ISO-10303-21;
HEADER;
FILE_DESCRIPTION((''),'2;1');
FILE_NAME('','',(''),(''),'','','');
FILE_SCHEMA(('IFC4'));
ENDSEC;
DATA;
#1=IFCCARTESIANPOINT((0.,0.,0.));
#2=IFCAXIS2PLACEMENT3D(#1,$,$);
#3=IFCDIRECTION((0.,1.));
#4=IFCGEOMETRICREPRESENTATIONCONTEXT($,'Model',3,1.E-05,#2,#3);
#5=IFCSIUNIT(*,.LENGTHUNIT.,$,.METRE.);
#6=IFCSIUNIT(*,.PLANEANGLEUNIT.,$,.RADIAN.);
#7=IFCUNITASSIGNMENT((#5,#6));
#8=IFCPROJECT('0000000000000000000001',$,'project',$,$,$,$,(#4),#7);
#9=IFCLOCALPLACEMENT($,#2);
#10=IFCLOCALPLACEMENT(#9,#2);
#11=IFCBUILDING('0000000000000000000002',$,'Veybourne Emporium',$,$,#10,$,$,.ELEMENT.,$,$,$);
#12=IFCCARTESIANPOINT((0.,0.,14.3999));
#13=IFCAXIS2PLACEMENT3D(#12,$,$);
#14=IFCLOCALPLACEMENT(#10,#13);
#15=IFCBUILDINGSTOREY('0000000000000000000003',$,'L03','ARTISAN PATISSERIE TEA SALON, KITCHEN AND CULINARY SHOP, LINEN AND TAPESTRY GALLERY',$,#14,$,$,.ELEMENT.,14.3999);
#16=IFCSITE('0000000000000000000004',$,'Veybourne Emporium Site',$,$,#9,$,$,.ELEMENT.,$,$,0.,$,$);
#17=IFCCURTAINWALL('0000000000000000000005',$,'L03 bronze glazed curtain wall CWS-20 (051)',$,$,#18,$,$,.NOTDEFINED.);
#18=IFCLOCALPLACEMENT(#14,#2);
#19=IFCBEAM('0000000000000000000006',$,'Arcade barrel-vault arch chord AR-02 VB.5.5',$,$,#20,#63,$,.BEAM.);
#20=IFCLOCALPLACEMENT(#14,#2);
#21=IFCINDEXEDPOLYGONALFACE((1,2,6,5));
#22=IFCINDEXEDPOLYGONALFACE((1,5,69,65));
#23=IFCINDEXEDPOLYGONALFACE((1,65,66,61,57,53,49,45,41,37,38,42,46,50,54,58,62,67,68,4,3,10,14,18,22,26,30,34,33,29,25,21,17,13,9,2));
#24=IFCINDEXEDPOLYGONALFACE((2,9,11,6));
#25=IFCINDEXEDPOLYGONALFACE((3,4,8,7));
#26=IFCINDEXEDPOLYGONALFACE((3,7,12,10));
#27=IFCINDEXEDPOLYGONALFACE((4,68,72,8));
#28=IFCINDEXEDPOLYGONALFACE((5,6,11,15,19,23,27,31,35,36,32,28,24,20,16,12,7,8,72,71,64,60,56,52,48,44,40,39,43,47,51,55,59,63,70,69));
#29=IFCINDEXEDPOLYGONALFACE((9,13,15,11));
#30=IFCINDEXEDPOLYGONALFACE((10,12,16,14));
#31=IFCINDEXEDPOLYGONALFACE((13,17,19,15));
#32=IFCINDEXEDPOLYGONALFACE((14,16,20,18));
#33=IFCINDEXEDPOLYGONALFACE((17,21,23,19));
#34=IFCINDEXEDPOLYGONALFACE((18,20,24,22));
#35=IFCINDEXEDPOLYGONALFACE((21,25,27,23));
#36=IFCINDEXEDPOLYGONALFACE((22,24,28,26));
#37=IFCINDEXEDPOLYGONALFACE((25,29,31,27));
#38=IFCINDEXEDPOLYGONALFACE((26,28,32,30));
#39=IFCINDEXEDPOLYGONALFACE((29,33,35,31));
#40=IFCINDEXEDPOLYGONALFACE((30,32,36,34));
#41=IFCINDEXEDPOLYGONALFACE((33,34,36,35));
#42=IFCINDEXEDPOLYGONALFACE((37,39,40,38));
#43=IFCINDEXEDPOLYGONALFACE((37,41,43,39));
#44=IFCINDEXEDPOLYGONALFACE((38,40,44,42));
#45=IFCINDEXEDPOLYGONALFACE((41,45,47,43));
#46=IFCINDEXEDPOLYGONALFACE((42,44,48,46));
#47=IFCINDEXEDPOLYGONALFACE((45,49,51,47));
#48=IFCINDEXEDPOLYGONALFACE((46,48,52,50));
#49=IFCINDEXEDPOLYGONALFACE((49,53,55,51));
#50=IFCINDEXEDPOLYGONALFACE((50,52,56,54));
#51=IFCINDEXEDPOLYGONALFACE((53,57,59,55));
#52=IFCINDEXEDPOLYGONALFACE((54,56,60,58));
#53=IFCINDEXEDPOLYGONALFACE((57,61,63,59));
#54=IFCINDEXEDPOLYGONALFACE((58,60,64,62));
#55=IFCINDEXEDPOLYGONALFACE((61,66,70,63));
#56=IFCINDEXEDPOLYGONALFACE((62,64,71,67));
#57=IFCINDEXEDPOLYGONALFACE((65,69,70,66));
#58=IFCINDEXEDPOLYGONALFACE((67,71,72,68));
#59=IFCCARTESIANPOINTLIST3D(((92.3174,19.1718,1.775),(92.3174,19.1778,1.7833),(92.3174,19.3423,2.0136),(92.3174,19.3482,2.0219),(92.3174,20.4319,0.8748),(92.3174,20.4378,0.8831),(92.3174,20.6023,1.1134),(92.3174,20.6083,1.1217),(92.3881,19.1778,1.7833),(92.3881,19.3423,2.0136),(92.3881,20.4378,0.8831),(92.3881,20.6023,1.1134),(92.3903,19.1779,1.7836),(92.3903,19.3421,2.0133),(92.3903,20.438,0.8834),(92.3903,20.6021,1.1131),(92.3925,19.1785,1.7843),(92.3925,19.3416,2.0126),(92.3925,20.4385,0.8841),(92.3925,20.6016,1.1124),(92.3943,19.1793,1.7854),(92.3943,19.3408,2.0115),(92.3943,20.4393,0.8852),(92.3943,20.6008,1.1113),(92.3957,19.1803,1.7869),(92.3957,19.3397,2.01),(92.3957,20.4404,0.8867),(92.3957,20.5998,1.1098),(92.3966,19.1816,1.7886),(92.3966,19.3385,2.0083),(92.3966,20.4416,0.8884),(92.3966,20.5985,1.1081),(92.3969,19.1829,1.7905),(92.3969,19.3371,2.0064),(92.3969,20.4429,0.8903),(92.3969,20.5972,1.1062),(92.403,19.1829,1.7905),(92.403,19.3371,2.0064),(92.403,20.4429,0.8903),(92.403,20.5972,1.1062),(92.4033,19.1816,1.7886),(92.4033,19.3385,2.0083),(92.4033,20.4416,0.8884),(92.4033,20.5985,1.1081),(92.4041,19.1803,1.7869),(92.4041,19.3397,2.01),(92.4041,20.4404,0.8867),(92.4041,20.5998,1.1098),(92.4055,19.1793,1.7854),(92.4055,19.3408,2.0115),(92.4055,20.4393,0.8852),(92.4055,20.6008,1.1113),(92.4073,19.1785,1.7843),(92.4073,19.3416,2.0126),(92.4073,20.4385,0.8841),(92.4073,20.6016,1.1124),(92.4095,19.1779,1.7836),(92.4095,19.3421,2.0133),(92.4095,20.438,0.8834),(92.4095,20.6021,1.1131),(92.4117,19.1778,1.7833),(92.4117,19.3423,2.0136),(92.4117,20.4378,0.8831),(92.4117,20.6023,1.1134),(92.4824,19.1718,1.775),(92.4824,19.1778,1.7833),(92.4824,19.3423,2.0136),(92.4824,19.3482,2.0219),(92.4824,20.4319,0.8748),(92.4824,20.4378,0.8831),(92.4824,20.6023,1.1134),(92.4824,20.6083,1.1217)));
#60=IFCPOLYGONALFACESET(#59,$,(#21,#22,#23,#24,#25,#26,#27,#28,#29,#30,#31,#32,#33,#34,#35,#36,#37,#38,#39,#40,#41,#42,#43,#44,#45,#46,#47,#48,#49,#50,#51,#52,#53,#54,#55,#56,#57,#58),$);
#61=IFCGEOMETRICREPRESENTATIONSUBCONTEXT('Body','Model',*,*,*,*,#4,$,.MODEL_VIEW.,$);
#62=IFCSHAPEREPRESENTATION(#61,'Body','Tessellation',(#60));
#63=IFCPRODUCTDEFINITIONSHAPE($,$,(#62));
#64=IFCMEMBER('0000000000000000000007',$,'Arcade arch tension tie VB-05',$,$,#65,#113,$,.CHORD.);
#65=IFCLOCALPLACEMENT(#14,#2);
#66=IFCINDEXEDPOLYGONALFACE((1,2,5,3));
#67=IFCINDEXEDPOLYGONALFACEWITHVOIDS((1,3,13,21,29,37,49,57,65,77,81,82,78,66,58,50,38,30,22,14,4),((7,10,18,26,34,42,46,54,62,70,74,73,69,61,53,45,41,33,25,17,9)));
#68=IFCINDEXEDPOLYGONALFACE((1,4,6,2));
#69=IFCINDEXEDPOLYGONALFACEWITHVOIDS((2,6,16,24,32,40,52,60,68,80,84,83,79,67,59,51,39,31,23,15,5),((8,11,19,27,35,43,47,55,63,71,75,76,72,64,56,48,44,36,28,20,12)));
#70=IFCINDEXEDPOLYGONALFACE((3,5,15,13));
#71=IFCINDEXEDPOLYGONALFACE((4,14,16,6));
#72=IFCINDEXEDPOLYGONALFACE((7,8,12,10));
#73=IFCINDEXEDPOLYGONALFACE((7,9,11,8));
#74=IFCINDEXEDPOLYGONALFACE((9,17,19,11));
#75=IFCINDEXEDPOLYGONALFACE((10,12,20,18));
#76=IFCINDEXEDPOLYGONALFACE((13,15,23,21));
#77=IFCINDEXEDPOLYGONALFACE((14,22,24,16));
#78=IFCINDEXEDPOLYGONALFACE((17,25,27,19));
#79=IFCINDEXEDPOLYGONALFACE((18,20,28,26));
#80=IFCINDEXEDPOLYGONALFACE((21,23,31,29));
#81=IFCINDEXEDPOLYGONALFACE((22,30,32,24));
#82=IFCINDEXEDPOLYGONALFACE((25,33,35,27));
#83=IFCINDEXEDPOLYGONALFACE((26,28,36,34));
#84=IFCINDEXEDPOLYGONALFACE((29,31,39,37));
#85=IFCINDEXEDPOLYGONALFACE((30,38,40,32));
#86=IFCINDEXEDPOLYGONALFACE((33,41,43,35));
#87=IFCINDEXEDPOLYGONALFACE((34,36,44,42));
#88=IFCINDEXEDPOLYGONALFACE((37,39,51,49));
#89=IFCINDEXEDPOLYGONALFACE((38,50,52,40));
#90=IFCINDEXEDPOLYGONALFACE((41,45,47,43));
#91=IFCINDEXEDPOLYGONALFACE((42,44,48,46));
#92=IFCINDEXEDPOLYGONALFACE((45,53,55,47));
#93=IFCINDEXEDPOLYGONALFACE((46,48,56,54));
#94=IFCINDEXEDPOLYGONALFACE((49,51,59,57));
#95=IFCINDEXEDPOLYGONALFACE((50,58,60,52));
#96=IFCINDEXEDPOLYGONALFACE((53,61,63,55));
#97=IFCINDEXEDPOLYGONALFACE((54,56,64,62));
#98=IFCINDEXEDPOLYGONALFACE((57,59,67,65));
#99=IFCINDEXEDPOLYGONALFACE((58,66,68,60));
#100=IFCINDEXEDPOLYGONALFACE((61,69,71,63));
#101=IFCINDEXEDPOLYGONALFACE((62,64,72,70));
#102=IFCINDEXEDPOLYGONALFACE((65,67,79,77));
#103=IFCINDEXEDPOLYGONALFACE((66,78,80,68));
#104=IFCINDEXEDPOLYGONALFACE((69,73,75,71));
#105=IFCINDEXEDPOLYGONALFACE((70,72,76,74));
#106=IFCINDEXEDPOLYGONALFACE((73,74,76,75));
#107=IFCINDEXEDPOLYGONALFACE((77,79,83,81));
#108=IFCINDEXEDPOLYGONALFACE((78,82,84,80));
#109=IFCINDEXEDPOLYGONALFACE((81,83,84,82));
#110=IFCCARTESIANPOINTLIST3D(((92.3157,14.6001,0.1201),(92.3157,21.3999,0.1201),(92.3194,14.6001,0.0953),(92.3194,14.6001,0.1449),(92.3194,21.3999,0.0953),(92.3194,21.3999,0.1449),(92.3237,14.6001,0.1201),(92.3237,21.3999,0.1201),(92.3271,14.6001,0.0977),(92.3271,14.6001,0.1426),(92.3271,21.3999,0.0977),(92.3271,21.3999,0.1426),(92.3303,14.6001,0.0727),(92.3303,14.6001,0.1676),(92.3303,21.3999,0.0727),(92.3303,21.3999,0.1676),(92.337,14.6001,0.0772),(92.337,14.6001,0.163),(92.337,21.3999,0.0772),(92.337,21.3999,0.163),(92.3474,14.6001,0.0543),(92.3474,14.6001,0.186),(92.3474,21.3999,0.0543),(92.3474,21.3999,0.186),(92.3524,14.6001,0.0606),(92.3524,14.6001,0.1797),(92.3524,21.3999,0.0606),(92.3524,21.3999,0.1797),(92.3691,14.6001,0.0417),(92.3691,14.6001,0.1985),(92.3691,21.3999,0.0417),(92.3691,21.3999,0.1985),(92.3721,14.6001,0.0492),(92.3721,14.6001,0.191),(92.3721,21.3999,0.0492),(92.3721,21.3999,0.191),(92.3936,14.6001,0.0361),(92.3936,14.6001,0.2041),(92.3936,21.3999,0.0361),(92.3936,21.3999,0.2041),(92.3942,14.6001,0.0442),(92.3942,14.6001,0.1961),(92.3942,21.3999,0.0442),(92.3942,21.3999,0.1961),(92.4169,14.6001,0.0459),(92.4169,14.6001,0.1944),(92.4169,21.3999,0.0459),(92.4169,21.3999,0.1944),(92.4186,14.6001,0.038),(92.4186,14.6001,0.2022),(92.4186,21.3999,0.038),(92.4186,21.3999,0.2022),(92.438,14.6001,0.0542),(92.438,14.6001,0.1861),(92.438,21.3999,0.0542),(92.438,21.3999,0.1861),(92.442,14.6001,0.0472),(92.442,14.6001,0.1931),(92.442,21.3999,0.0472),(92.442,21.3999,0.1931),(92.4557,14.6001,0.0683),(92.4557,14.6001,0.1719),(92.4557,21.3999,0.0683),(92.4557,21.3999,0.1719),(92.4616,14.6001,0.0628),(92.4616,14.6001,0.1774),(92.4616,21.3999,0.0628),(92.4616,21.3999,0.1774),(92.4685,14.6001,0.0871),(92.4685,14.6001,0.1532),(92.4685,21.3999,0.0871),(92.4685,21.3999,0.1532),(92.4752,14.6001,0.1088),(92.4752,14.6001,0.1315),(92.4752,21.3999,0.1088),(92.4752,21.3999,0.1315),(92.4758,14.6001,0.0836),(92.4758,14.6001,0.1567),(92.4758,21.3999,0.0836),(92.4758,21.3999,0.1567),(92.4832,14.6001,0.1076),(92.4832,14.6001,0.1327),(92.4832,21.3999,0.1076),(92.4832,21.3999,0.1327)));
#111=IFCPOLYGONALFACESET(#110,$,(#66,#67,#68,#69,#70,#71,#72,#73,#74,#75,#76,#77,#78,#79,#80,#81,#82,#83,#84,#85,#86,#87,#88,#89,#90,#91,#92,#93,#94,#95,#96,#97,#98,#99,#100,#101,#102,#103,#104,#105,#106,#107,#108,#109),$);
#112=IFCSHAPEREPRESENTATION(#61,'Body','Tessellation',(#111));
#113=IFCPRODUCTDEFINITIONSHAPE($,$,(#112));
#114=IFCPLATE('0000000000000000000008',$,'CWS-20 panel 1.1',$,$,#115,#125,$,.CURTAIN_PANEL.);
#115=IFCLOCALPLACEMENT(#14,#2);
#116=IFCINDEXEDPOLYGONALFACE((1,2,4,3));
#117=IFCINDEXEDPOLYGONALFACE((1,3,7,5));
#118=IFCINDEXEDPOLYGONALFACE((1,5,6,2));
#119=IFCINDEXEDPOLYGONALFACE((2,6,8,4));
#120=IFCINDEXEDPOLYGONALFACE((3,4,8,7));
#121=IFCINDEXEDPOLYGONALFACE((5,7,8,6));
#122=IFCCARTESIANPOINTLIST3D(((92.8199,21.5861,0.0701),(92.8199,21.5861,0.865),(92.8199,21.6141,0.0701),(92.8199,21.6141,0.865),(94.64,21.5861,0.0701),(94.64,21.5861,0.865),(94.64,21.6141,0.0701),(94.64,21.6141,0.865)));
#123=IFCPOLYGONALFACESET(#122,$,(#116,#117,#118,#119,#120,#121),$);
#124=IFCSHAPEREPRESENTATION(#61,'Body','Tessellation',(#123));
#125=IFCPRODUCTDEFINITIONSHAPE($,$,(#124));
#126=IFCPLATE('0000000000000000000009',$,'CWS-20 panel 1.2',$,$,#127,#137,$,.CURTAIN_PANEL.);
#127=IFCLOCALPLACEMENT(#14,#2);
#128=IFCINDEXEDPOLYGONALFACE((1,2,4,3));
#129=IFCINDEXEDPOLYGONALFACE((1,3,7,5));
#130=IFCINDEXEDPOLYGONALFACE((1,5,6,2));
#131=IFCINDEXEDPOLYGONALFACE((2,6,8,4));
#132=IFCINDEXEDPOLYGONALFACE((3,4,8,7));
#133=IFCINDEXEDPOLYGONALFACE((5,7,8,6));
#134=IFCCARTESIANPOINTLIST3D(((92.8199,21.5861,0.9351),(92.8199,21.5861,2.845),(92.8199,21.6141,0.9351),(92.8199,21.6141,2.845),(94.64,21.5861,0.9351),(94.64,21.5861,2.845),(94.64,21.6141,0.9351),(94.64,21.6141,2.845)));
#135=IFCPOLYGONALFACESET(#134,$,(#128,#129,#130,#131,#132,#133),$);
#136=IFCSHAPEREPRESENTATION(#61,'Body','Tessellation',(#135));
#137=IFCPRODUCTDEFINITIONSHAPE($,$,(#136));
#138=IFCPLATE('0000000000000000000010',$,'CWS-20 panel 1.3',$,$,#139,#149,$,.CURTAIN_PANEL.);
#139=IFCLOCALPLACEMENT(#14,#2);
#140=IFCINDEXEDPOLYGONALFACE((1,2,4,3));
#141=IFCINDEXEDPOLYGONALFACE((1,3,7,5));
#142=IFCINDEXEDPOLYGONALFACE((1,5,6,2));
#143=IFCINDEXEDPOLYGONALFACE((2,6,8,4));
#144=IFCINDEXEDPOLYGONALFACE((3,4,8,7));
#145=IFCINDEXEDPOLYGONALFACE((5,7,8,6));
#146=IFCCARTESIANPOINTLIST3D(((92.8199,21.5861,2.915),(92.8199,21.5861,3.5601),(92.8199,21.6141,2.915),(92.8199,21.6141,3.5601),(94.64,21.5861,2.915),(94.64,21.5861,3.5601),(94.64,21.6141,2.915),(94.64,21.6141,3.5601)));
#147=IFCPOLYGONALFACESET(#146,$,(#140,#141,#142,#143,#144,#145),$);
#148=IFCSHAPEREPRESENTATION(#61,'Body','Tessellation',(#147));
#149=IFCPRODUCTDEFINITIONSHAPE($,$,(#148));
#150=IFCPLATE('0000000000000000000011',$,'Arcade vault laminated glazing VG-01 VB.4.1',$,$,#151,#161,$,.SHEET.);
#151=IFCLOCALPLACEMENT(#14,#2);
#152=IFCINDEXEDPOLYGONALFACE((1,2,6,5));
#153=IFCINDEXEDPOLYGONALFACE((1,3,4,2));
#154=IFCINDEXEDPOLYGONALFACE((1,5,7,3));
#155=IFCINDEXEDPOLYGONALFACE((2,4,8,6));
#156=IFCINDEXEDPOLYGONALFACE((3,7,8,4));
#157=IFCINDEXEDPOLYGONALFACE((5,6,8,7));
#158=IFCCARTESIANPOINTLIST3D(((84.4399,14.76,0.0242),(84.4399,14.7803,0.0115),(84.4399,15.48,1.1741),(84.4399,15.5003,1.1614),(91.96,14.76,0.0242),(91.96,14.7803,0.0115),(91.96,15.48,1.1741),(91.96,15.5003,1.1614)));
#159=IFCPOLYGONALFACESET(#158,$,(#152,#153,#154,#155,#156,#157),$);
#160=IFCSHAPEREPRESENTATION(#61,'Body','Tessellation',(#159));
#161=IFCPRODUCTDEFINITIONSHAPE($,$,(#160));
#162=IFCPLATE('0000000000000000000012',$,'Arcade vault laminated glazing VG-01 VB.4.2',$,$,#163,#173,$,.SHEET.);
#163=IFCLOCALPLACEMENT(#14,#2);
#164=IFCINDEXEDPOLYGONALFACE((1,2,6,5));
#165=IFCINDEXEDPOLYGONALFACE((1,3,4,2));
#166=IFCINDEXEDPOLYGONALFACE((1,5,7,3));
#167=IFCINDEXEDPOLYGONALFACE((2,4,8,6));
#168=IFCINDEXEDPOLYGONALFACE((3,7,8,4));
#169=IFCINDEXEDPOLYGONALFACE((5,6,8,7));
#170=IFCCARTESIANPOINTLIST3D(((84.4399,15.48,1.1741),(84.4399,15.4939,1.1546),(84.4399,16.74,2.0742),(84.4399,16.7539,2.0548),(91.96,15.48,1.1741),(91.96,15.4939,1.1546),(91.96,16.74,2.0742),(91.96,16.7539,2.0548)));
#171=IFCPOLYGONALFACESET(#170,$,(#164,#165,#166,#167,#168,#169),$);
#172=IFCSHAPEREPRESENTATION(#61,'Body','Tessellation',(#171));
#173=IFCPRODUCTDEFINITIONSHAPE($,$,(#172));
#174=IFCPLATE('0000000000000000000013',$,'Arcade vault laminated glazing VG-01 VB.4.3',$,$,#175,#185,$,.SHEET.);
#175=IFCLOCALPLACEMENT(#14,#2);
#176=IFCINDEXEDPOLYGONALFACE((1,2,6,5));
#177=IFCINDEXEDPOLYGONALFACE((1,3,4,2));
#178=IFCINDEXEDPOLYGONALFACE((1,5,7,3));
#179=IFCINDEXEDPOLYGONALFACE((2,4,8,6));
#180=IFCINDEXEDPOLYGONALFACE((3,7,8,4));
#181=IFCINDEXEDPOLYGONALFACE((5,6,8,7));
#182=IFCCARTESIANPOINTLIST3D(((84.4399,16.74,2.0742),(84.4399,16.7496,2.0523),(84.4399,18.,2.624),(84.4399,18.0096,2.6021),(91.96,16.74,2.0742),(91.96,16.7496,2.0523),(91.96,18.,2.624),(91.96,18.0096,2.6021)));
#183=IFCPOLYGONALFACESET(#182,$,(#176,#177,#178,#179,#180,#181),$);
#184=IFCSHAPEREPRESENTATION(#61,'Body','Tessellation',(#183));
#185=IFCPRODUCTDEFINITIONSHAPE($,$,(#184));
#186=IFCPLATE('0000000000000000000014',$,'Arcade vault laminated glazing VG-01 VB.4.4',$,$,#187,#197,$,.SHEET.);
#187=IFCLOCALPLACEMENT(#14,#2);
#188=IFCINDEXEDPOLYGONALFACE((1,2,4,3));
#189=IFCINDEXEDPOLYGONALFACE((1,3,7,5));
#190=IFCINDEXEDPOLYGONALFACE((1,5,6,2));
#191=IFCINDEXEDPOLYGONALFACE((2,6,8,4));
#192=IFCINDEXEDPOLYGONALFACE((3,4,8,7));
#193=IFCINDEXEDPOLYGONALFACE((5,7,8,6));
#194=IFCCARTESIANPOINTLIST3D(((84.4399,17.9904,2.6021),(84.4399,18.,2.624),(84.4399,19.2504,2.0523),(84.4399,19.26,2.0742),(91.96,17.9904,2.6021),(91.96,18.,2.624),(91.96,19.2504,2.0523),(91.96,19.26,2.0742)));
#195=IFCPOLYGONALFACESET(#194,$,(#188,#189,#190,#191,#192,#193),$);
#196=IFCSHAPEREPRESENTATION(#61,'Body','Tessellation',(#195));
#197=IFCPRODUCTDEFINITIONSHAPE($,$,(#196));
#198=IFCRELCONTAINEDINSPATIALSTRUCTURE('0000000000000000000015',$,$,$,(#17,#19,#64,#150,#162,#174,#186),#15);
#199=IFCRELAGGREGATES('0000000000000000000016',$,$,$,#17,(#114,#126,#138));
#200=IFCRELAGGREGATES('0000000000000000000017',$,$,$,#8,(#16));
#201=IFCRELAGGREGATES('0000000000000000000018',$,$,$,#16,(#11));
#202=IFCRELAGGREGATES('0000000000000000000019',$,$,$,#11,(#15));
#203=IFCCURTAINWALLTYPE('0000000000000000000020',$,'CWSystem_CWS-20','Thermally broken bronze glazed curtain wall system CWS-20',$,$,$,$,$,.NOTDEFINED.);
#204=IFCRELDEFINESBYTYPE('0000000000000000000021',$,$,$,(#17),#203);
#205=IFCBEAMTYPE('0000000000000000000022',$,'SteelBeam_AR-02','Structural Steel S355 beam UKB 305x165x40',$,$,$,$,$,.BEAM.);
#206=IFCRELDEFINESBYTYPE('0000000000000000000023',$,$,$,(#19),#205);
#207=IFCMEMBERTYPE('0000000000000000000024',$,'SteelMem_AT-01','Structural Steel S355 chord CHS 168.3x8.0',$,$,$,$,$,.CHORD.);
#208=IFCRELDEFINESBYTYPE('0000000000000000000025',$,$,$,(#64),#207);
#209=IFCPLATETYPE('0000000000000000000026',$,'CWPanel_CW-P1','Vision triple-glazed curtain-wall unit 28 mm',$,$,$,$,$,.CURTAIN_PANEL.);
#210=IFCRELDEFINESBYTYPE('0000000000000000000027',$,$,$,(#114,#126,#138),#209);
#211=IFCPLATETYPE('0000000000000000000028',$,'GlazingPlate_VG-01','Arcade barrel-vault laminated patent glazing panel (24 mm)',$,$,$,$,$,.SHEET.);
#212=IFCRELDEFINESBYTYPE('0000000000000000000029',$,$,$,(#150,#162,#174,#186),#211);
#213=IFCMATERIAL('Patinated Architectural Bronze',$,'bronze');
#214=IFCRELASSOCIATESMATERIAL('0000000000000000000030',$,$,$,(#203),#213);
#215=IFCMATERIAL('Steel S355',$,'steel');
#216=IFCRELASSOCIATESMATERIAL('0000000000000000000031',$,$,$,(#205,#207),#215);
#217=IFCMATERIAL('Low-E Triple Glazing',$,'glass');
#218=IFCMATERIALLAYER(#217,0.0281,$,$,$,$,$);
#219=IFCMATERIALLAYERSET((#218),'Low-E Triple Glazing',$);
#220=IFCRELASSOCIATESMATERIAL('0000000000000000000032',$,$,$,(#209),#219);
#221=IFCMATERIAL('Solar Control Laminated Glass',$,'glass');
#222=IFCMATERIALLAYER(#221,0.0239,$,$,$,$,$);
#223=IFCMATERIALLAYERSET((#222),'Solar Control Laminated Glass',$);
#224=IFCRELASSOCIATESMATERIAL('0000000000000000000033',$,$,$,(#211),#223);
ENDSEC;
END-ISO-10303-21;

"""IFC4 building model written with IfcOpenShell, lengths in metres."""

from ifc_helpers import new_model, si_unit, direction, frame, origin, origin_2d, place, context, subcontext, project, spatial, polyline, rectangle, hollow_circle, i_section, outline, extrude, material, layer, layer_set, material_profile, profile_set, type_object, element, aggregate, save


model = new_model("IFC4")

# Units and contexts
model_context = context("Model", 3, precision=1e-05, world=origin(), true_north=direction((0.0, 1.0)))
body_context = subcontext(model_context, "Body", "Model", "MODEL_VIEW")
ifc_project = project(units=[si_unit("LENGTHUNIT", "METRE"), si_unit("PLANEANGLEUNIT", "RADIAN")], contexts=[model_context])

# Site, building, storey
site_placement = place(None, origin())
site = spatial("IfcSite", under=ifc_project, at=site_placement, Name="Veybourne Emporium Site", CompositionType="ELEMENT", RefElevation=0.0)
building_placement = place(site_placement, origin())
building = spatial("IfcBuilding", under=site, at=building_placement, Name="Veybourne Emporium", CompositionType="ELEMENT")
storey_placement = place(building_placement, frame((0.0, 0.0, 14.3999)))
storey = spatial("IfcBuildingStorey", under=building, at=storey_placement, Name="L03", Description="ARTISAN PATISSERIE TEA SALON, KITCHEN AND CULINARY SHOP, LINEN AND TAPESTRY GALLERY", CompositionType="ELEMENT", Elevation=14.3999)

# Curtain wall
ifc_material_1 = material(Name="Patinated Architectural Bronze", Category="bronze")
curtain_wall_type = type_object("IfcCurtainWallType", Name="CWSystem_CWS-20", Description="Thermally broken bronze glazed curtain wall system CWS-20", PredefinedType="NOTDEFINED", material=ifc_material_1)
curtain_wall_placement = place(storey_placement, origin())
curtain_wall = element("IfcCurtainWall", 1, at=curtain_wall_placement, inside=storey, type_object=curtain_wall_type, Name="L03 bronze glazed curtain wall CWS-20 (051)", PredefinedType="NOTDEFINED")

# Beam
ifc_material_2 = material(Name="Steel S355", Category="steel")
ifc_material_profile_1 = material_profile(ifc_material_2, i_section(OverallWidth=0.165, OverallDepth=0.3035, WebThickness=0.0061, FlangeThickness=0.0103, FilletRadius=0.0088, at=origin_2d()), Name="UKB 305x165x40")
ifc_profile_set_1 = profile_set([ifc_material_profile_1], Name="Steel S355")
beam_type_1 = type_object("IfcBeamType", Name="SteelBeam_AR-02", Description="Structural Steel S355 beam UKB 305x165x40", PredefinedType="BEAM", material=ifc_profile_set_1)
beam_1_placement = place(storey_placement, frame((92.3999, 19.26, 1.8984), z_axis=(0.0, 0.813691, -0.581298), x_axis=(-1.0, 0.0, 0.0)))
element("IfcBeam", 2, at=beam_1_placement, inside=storey, type_object=beam_type_1, Name="Arcade barrel-vault arch chord AR-02 VB.5.5", PredefinedType="BEAM", context=body_context, shape_type="SweptSolid", body=[
    extrude(i_section(OverallWidth=0.165, OverallDepth=0.3035, WebThickness=0.0061, FlangeThickness=0.0103, FilletRadius=0.0088, at=origin_2d()), origin(), (0.0, 0.0, 1.0), 1.5486),
])

# Member
ifc_material_profile_2 = material_profile(ifc_material_2, hollow_circle(Radius=0.0842, WallThickness=0.0081, at=origin_2d()), Name="CHS 168.3x8.0")
ifc_profile_set_2 = profile_set([ifc_material_profile_2], Name="Steel S355")
member_type_1 = type_object("IfcMemberType", Name="SteelMem_AT-01", Description="Structural Steel S355 chord CHS 168.3x8.0", PredefinedType="CHORD", material=ifc_profile_set_2)
member_1_placement = place(storey_placement, frame((92.3999, 14.6001, 0.1201), z_axis=(0.0, 1.0, 0.0), x_axis=(-1.0, 0.0, 0.0)))
element("IfcMember", 3, at=member_1_placement, inside=storey, type_object=member_type_1, Name="Arcade arch tension tie VB-05", PredefinedType="CHORD", context=body_context, shape_type="SweptSolid", body=[
    extrude(hollow_circle(Radius=0.0842, WallThickness=0.0081, at=origin_2d()), origin(), (0.0, 0.0, 1.0), 6.7998),
])

# Plates
ifc_material_3 = material(Name="Low-E Triple Glazing", Category="glass")
ifc_layer_1 = layer(ifc_material_3, 0.0281)
ifc_layer_set_1 = layer_set([ifc_layer_1], Name="Low-E Triple Glazing")
plate_type_1 = type_object("IfcPlateType", Name="CWPanel_CW-P1", Description="Vision triple-glazed curtain-wall unit 28 mm", PredefinedType="CURTAIN_PANEL", material=ifc_layer_set_1)
plate_1_placement = place(storey_placement, frame((93.73, 21.6001, 0.0701), z_axis=(0.0, 0.0, 1.0), x_axis=(1.0, 0.0, 0.0)))
plate_1 = element("IfcPlate", 4, at=plate_1_placement, type_object=plate_type_1, Name="CWS-20 panel 1.1", PredefinedType="CURTAIN_PANEL", context=body_context, shape_type="SweptSolid", body=[
    extrude(rectangle(XDim=1.8201, YDim=0.0281, at=origin_2d()), origin(), (0.0, 0.0, 1.0), 0.7949),
])
plate_2_placement = place(storey_placement, frame((93.73, 21.6001, 0.9351), z_axis=(0.0, 0.0, 1.0), x_axis=(1.0, 0.0, 0.0)))
plate_2 = element("IfcPlate", 5, at=plate_2_placement, type_object=plate_type_1, Name="CWS-20 panel 1.2", PredefinedType="CURTAIN_PANEL", context=body_context, shape_type="SweptSolid", body=[
    extrude(rectangle(XDim=1.8201, YDim=0.0281, at=origin_2d()), origin(), (0.0, 0.0, 1.0), 1.9099),
])
plate_3_placement = place(storey_placement, frame((93.73, 21.6001, 2.915), z_axis=(0.0, 0.0, 1.0), x_axis=(1.0, 0.0, 0.0)))
plate_3 = element("IfcPlate", 6, at=plate_3_placement, type_object=plate_type_1, Name="CWS-20 panel 1.3", PredefinedType="CURTAIN_PANEL", context=body_context, shape_type="SweptSolid", body=[
    extrude(rectangle(XDim=1.8201, YDim=0.0281, at=origin_2d()), origin(), (0.0, 0.0, 1.0), 0.645),
])
aggregate(curtain_wall, [plate_1, plate_2, plate_3])

# Plates
ifc_material_4 = material(Name="Solar Control Laminated Glass", Category="glass")
ifc_layer_2 = layer(ifc_material_4, 0.0239)
ifc_layer_set_2 = layer_set([ifc_layer_2], Name="Solar Control Laminated Glass")
plate_type_2 = type_object("IfcPlateType", Name="GlazingPlate_VG-01", Description="Arcade barrel-vault laminated patent glazing panel (24 mm)", PredefinedType="SHEET", material=ifc_layer_set_2)
plate_4_placement = place(storey_placement, frame((84.4399, 14.76, 0.0242), z_axis=(0.0, -0.847573, 0.530678), x_axis=(1.0, 0.0, 0.0)))
element("IfcPlate", 7, at=plate_4_placement, inside=storey, type_object=plate_type_2, Name="Arcade vault laminated glazing VG-01 VB.4.1", PredefinedType="SHEET", context=body_context, shape_type="SweptSolid", body=[
    extrude(outline(polyline([(0.0, 0.0), (7.52, 0.0), (7.52, 1.3567), (0.0, 1.3567), (0.0, 0.0)])), origin(), (0.0, 0.0, -1.0), 0.0239),
])
plate_5_placement = place(storey_placement, frame((84.4399, 15.48, 1.1741), z_axis=(0.0, -0.581298, 0.813691), x_axis=(1.0, 0.0, 0.0)))
element("IfcPlate", 8, at=plate_5_placement, inside=storey, type_object=plate_type_2, Name="Arcade vault laminated glazing VG-01 VB.4.2", PredefinedType="SHEET", context=body_context, shape_type="SweptSolid", body=[
    extrude(outline(polyline([(0.0, 0.0), (7.52, 0.0), (7.52, 1.5485), (0.0, 1.5485), (0.0, 0.0)])), origin(), (0.0, 0.0, -1.0), 0.0239),
])
for number, where, z_axis, x_axis, name in (
    (9, (84.4399, 16.74, 2.0742), (0.0, -0.399934, 0.916544), (1.0, 0.0, 0.0), "Arcade vault laminated glazing VG-01 VB.4.3"),
    (10, (84.4399, 18.0, 2.624), (0.0, 0.399934, 0.916544), (1.0, 0.0, 0.0), "Arcade vault laminated glazing VG-01 VB.4.4"),
):
    element("IfcPlate", number, at=place(storey_placement, frame(where, z_axis=z_axis, x_axis=x_axis)), inside=storey, type_object=plate_type_2, Name=name, PredefinedType="SHEET", context=body_context, shape_type="SweptSolid", body=[
        extrude(outline(polyline([(0.0, 0.0), (7.52, 0.0), (7.52, 1.3747), (0.0, 1.3747), (0.0, 0.0)])), origin(), (0.0, 0.0, -1.0), 0.0239),
    ])

save(model, "model.ifc")
